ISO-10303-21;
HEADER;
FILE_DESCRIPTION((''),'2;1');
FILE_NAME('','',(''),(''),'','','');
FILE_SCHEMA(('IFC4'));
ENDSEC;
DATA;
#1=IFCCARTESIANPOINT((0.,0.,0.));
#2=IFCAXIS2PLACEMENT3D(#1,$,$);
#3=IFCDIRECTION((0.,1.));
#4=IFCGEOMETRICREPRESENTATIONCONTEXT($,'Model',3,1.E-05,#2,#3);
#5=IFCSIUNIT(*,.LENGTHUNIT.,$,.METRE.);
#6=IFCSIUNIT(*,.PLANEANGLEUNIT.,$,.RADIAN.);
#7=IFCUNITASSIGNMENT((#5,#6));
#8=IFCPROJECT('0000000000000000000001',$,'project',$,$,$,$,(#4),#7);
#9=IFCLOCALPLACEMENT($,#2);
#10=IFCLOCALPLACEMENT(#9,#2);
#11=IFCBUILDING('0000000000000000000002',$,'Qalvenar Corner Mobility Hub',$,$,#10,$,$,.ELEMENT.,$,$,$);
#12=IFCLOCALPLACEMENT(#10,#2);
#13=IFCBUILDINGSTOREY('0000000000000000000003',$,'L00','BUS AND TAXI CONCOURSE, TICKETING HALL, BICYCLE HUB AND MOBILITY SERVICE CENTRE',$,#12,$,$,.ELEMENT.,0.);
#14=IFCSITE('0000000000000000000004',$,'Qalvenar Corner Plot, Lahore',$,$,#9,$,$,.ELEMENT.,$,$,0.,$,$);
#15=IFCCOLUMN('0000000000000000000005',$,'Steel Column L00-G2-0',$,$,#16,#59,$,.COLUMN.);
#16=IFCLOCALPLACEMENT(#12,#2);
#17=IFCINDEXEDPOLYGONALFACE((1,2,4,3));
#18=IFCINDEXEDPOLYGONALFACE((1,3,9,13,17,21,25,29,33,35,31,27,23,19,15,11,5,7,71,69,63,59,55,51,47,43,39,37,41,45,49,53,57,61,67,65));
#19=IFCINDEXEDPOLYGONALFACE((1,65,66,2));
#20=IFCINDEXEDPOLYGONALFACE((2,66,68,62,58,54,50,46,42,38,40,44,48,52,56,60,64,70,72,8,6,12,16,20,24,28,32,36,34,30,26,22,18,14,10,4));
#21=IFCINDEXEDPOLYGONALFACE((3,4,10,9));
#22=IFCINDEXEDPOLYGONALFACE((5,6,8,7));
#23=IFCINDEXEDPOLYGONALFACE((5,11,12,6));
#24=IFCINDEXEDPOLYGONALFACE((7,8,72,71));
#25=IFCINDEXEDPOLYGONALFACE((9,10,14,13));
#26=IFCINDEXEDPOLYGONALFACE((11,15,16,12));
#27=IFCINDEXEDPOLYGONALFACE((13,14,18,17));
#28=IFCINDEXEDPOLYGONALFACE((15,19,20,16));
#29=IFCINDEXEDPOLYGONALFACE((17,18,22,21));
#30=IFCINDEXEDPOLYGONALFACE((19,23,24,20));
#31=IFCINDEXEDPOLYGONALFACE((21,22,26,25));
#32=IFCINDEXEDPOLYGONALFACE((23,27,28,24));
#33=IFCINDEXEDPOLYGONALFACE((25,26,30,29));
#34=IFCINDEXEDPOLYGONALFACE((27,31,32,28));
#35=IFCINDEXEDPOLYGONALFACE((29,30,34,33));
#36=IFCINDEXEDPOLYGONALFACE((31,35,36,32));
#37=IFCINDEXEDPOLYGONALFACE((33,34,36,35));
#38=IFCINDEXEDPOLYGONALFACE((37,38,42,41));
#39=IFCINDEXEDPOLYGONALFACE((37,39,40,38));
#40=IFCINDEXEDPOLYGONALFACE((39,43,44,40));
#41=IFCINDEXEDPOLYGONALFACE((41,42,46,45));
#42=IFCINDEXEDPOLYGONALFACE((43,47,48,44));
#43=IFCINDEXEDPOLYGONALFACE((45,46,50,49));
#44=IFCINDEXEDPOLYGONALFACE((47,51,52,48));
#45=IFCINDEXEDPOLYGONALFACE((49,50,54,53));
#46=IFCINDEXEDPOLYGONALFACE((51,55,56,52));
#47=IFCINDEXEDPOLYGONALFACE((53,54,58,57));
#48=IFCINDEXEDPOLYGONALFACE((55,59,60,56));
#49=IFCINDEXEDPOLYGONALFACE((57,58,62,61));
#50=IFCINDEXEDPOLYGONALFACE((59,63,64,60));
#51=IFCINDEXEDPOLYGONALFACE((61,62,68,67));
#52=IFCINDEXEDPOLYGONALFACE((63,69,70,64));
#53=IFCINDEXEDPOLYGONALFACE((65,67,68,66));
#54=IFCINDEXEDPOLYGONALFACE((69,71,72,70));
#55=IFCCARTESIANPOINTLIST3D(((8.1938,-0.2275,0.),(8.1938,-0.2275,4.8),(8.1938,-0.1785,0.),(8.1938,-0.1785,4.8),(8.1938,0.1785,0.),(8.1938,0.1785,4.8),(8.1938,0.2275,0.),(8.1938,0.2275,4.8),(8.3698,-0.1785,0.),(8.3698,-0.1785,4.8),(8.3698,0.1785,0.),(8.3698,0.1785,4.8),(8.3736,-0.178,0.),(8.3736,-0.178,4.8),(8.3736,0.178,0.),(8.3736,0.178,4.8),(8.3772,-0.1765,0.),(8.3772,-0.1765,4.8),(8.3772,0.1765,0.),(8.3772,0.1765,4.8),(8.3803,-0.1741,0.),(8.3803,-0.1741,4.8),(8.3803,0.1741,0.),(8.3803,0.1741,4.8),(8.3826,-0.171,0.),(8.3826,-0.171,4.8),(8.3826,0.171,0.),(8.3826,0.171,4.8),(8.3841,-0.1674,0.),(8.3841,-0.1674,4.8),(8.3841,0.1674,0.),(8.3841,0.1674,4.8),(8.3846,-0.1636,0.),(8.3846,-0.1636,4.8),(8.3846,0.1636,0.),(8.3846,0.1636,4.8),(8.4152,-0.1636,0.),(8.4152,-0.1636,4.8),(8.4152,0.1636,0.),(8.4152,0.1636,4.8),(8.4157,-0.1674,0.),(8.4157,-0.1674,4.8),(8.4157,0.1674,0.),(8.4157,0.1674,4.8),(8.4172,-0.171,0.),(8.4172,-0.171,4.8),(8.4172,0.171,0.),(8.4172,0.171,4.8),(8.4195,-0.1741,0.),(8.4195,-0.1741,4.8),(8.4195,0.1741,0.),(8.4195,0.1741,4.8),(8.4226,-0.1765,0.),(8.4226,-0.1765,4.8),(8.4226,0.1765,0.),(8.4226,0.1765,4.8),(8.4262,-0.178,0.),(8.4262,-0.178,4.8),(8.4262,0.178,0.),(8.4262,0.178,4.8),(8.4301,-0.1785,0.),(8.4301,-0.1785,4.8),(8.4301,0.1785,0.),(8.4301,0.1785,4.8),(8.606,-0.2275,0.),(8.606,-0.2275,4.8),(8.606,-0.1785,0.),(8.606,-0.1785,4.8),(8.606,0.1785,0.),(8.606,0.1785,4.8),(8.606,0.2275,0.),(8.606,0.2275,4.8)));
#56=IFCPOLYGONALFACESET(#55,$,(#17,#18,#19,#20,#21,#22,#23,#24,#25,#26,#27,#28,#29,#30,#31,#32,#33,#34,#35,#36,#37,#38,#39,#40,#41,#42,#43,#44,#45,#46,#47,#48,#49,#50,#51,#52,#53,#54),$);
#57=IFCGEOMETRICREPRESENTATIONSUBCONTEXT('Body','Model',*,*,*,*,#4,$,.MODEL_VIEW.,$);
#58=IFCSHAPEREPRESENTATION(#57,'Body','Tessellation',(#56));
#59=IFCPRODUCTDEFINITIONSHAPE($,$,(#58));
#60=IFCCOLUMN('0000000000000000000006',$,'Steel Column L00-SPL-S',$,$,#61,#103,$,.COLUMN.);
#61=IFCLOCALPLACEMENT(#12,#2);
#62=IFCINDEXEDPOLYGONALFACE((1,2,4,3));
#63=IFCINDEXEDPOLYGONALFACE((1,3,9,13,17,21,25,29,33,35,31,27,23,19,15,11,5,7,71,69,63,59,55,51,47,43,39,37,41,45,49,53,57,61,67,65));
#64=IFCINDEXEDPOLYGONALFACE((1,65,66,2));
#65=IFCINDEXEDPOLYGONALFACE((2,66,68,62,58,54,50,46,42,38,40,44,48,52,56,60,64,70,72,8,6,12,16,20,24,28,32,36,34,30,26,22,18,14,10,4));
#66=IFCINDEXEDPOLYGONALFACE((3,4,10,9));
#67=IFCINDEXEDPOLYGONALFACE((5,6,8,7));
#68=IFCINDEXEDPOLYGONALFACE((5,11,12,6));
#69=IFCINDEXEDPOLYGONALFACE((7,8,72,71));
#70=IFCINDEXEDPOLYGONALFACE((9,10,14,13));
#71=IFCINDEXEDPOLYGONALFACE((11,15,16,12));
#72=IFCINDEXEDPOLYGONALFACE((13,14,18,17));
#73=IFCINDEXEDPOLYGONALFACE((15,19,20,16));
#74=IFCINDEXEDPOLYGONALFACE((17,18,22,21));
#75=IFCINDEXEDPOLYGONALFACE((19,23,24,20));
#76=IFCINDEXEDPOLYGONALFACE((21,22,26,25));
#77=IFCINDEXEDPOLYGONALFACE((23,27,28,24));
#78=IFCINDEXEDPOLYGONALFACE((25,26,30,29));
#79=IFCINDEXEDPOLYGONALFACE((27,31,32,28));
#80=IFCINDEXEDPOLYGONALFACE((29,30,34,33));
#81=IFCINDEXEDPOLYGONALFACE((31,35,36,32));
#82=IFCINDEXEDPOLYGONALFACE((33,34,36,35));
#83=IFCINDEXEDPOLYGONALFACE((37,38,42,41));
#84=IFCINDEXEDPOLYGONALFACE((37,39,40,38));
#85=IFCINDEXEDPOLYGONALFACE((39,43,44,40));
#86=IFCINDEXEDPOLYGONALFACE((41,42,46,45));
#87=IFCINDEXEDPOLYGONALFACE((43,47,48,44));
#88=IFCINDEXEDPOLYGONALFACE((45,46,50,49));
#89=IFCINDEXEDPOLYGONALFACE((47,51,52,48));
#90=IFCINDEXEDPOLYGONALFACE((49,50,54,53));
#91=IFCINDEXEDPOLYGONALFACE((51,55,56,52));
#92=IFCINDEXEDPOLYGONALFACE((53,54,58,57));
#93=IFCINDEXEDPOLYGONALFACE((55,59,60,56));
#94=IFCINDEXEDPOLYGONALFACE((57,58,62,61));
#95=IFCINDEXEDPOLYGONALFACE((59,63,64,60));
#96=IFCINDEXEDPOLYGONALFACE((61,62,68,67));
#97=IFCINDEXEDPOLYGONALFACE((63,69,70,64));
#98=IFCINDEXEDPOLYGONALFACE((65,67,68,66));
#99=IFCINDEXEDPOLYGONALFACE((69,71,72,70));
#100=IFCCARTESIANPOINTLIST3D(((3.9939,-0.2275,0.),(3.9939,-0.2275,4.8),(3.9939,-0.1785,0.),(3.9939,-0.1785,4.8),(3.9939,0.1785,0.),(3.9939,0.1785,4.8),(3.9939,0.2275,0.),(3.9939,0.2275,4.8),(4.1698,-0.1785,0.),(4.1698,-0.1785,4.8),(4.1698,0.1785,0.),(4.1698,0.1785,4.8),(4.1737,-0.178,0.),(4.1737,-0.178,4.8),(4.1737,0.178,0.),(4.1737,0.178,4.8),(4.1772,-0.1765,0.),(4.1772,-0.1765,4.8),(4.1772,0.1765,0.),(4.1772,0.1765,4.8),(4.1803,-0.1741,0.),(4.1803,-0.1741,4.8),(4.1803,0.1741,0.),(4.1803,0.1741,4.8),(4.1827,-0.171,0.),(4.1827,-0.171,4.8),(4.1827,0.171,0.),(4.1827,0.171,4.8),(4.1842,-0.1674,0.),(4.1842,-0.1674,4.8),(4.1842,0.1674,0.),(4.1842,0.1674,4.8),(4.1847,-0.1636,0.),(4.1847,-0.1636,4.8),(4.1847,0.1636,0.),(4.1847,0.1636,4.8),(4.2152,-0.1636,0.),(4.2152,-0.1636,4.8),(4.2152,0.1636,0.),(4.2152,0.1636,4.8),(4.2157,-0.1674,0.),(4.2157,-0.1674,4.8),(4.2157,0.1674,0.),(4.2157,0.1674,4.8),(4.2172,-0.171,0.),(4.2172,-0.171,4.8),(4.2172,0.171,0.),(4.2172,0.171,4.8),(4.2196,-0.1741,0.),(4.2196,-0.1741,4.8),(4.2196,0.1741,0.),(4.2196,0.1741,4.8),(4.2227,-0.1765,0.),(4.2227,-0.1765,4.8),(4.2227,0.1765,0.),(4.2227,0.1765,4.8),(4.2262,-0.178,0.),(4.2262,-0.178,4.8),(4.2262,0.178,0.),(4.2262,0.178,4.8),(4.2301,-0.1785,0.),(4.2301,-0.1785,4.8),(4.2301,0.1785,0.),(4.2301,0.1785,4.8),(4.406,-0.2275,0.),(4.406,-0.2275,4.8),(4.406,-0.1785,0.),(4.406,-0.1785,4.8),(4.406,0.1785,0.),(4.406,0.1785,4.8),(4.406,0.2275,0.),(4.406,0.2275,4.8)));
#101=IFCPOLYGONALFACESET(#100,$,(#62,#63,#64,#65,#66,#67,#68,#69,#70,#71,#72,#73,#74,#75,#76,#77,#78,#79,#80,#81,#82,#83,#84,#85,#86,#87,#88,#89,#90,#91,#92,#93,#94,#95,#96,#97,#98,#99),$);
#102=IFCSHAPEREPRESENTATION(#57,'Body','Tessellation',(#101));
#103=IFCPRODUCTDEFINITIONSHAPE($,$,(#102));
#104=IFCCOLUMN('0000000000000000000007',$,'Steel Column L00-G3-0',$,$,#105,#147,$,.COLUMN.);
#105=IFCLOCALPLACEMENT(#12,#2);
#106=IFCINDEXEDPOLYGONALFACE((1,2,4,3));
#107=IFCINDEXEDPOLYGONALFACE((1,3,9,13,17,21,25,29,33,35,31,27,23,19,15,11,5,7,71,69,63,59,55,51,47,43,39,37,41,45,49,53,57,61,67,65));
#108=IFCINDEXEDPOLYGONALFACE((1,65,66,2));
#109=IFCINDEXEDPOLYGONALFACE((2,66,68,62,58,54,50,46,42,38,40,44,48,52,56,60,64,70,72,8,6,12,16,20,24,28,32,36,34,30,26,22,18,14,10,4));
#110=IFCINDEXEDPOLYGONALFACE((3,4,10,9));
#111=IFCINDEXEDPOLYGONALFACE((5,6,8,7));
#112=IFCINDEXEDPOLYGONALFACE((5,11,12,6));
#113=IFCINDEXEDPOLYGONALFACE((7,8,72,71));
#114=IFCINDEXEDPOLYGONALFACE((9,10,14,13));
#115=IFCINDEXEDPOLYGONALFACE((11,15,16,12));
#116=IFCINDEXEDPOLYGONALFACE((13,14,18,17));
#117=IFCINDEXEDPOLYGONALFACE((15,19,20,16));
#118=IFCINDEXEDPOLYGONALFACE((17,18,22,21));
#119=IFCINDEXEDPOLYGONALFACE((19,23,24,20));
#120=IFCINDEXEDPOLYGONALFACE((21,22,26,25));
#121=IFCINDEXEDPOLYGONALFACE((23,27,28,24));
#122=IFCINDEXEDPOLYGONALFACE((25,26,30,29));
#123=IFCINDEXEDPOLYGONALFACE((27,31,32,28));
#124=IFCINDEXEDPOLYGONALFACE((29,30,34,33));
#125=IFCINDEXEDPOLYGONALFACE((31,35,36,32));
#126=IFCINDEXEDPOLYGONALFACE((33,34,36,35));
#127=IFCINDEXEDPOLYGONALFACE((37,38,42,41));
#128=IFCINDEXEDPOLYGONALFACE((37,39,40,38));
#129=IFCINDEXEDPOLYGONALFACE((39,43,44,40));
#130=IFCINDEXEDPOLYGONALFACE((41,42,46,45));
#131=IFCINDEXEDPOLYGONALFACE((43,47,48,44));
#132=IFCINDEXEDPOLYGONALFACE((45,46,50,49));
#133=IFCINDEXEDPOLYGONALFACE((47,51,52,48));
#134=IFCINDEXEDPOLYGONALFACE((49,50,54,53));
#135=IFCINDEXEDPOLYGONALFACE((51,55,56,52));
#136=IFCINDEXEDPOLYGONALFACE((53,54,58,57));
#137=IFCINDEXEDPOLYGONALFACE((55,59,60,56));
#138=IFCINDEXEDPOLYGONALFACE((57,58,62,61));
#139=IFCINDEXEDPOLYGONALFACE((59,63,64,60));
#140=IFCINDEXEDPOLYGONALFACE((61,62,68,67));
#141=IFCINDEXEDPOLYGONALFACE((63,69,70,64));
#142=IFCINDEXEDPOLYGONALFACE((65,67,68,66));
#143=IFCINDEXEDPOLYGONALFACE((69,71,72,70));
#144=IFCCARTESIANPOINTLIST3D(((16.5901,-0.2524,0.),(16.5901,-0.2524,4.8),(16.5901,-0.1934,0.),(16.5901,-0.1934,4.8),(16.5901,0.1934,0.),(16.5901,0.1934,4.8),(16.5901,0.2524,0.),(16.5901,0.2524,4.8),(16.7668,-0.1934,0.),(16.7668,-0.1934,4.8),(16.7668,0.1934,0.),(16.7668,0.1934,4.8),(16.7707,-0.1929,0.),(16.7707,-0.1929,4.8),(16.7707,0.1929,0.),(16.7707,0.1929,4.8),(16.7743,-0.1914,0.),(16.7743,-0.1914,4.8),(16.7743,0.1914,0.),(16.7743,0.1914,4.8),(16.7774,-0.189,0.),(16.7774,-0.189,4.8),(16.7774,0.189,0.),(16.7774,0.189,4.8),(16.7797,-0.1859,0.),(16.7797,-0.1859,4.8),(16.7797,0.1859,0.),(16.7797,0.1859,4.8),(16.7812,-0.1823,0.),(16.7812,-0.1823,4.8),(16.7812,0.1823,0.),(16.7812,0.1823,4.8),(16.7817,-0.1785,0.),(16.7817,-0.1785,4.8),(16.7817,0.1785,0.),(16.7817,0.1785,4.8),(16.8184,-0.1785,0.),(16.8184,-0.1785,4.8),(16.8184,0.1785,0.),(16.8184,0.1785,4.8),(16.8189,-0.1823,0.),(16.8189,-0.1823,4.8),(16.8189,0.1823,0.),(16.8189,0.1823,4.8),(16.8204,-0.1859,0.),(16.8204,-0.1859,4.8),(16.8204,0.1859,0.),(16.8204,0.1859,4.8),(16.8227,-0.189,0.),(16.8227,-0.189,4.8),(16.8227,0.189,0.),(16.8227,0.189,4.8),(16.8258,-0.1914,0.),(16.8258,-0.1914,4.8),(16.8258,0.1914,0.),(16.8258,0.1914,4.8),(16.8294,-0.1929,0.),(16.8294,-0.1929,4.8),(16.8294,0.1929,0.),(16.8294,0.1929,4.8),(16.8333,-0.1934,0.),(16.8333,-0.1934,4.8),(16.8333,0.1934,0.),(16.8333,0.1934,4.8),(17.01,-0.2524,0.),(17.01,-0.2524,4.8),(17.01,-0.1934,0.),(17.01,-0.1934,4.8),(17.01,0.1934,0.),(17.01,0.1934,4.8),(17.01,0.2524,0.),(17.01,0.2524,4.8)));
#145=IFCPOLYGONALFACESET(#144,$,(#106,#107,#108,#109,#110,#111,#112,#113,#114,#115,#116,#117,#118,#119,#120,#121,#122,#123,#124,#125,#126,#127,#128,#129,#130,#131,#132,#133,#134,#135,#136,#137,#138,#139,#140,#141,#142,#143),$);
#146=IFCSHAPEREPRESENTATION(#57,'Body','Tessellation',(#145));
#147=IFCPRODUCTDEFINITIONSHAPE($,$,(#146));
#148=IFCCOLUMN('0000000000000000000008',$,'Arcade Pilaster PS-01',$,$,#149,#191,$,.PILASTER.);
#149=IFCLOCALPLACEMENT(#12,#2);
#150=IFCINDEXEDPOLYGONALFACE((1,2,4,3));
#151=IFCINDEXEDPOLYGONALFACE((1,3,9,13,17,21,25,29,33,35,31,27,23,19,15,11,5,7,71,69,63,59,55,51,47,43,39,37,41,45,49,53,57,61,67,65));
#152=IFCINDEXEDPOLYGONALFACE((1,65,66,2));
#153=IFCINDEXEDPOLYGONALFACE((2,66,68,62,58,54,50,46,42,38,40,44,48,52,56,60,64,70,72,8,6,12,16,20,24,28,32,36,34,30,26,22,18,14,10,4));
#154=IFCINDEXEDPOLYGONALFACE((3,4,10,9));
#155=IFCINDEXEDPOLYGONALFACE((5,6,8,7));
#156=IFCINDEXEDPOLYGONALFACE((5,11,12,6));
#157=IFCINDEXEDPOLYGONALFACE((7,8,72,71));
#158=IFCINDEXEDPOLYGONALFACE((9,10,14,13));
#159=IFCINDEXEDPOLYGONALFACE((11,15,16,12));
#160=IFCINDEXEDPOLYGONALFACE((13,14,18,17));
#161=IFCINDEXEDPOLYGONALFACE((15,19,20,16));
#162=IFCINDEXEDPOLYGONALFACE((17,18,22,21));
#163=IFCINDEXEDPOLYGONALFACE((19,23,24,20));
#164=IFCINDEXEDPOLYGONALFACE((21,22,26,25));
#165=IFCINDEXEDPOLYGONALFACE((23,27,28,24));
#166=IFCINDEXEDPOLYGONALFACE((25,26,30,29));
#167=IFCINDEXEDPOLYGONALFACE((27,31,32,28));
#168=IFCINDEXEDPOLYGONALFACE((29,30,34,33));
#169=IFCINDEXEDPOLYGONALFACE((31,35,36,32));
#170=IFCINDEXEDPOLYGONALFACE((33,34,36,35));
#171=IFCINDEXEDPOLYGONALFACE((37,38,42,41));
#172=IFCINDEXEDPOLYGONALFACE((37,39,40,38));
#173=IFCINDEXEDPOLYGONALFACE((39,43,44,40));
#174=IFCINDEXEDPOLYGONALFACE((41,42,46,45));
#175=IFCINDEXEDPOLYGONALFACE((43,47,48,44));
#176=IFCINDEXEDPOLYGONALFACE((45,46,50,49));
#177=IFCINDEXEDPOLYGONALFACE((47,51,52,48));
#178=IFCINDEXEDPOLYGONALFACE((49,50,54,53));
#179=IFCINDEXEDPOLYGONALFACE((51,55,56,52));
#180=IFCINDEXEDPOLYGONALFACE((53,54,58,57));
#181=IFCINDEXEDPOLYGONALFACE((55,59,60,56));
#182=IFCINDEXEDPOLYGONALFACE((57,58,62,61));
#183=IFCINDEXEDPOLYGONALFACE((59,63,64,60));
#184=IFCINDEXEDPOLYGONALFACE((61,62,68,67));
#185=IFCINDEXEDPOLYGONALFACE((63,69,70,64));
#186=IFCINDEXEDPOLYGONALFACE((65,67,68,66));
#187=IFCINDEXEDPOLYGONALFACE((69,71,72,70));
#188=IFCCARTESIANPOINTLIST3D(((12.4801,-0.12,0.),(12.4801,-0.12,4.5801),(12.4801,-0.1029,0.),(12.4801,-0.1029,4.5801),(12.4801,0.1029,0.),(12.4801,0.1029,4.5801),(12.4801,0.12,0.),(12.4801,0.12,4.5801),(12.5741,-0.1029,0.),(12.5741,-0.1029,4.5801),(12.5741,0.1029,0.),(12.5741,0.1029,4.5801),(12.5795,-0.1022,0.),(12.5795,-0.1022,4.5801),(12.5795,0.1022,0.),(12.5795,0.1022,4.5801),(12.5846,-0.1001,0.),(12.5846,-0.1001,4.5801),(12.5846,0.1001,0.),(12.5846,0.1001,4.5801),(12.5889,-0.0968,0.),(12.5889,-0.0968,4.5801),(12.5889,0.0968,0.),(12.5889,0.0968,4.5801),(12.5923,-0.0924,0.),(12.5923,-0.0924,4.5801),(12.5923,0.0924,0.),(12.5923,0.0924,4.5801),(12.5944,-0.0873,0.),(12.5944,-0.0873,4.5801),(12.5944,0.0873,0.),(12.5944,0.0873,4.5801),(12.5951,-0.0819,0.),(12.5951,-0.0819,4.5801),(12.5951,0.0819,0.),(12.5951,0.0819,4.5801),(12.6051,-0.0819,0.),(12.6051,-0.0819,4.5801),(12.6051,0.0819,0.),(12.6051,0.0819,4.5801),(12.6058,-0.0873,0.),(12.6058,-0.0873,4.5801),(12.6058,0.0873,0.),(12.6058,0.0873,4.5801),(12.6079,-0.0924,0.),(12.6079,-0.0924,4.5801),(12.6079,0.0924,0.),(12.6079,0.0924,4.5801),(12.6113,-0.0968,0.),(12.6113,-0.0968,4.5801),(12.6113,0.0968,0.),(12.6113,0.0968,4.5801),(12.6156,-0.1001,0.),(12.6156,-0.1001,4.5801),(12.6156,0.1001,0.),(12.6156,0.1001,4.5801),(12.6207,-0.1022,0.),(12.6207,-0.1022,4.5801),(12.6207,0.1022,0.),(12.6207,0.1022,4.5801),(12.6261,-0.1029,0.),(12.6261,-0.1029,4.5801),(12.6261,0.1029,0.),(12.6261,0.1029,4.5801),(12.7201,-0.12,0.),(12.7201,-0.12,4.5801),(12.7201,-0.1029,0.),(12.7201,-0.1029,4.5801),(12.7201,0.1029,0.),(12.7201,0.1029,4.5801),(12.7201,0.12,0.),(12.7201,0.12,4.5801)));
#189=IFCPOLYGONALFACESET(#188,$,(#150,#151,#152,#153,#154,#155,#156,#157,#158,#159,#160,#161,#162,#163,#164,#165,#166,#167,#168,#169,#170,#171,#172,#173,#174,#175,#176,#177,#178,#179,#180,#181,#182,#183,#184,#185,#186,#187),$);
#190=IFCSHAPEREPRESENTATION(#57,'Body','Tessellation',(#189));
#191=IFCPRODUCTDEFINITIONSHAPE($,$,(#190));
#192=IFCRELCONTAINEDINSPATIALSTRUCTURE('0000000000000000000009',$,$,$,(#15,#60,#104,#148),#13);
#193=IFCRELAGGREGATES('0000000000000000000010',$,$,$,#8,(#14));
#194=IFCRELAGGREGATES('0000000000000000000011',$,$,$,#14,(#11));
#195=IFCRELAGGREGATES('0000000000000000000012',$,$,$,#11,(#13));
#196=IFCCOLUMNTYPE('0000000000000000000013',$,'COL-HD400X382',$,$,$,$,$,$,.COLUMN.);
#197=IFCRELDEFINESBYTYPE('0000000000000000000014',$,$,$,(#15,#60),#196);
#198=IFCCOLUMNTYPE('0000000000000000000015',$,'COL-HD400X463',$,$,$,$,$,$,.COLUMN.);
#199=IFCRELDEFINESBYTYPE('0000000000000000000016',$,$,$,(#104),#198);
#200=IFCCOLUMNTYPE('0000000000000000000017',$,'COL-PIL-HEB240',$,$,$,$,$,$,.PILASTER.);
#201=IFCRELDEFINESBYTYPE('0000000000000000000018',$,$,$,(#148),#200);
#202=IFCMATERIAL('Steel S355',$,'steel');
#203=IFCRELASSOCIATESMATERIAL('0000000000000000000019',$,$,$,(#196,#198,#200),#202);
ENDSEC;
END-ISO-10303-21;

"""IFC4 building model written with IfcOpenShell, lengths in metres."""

from ifc_helpers import new_model, si_unit, direction, frame, origin, origin_2d, place, context, subcontext, project, spatial, i_section, extrude, material, material_profile, profile_set, type_object, element, save


model = new_model("IFC4")

# Units and contexts
model_context = context("Model", 3, precision=1e-05, world=origin(), true_north=direction((0.0, 1.0)))
body_context = subcontext(model_context, "Body", "Model", "MODEL_VIEW")
ifc_project = project(units=[si_unit("LENGTHUNIT", "METRE"), si_unit("PLANEANGLEUNIT", "RADIAN")], contexts=[model_context])

# Site, building, storey
site_placement = place(None, origin())
site = spatial("IfcSite", under=ifc_project, at=site_placement, Name="Qalvenar Corner Plot, Lahore", CompositionType="ELEMENT", RefElevation=0.0)
building_placement = place(site_placement, origin())
building = spatial("IfcBuilding", under=site, at=building_placement, Name="Qalvenar Corner Mobility Hub", CompositionType="ELEMENT")
storey_placement = place(building_placement, origin())
storey = spatial("IfcBuildingStorey", under=building, at=storey_placement, Name="L00", Description="BUS AND TAXI CONCOURSE, TICKETING HALL, BICYCLE HUB AND MOBILITY SERVICE CENTRE", CompositionType="ELEMENT", Elevation=0.0)

# Columns
ifc_material_1 = material(Name="Steel S355", Category="steel")
ifc_material_profile_1 = material_profile(ifc_material_1, i_section(OverallWidth=0.4121, OverallDepth=0.4551, WebThickness=0.0305, FlangeThickness=0.0491, FilletRadius=0.0149, at=origin_2d()), Name="HD400x421")
ifc_profile_set_1 = profile_set([ifc_material_profile_1], Name="Steel S355")
column_type_1 = type_object("IfcColumnType", Name="COL-HD400X382", PredefinedType="COLUMN", material=ifc_profile_set_1)
for number, where, z_axis, x_axis, name in (
    (1, (8.3999, 0.0, 0.0), (0.0, 0.0, 1.0), (1.0, 0.0, 0.0), "Steel Column L00-G2-0"),
    (2, (4.2, 0.0, 0.0), (0.0, 0.0, 1.0), (1.0, 0.0, 0.0), "Steel Column L00-SPL-S"),
):
    element("IfcColumn", number, at=place(storey_placement, frame(where, z_axis=z_axis, x_axis=x_axis)), inside=storey, type_object=column_type_1, Name=name, PredefinedType="COLUMN", context=body_context, shape_type="SweptSolid", body=[
        extrude(i_section(OverallWidth=0.4121, OverallDepth=0.4551, WebThickness=0.0305, FlangeThickness=0.0491, FilletRadius=0.0149, at=origin_2d()), origin(), (0.0, 0.0, 1.0), 4.8),
    ])
ifc_material_profile_2 = material_profile(ifc_material_1, i_section(OverallWidth=0.4199, OverallDepth=0.5049, WebThickness=0.0366, FlangeThickness=0.0591, FilletRadius=0.0149, at=origin_2d()), Name="HD400x551")
ifc_profile_set_2 = profile_set([ifc_material_profile_2], Name="Steel S355")
column_type_2 = type_object("IfcColumnType", Name="COL-HD400X463", PredefinedType="COLUMN", material=ifc_profile_set_2)
column_1_placement = place(storey_placement, frame((16.8, 0.0, 0.0), z_axis=(0.0, 0.0, 1.0), x_axis=(1.0, 0.0, 0.0)))
element("IfcColumn", 3, at=column_1_placement, inside=storey, type_object=column_type_2, Name="Steel Column L00-G3-0", PredefinedType="COLUMN", context=body_context, shape_type="SweptSolid", body=[
    extrude(i_section(OverallWidth=0.4199, OverallDepth=0.5049, WebThickness=0.0366, FlangeThickness=0.0591, FilletRadius=0.0149, at=origin_2d()), origin(), (0.0, 0.0, 1.0), 4.8),
])
ifc_material_profile_3 = material_profile(ifc_material_1, i_section(OverallWidth=0.24, OverallDepth=0.24, WebThickness=0.01, FlangeThickness=0.0171, FilletRadius=0.021, at=origin_2d()), Name="HEB240")
ifc_profile_set_3 = profile_set([ifc_material_profile_3], Name="Steel S355")
column_type_3 = type_object("IfcColumnType", Name="COL-PIL-HEB240", PredefinedType="PILASTER", material=ifc_profile_set_3)
column_2_placement = place(storey_placement, frame((12.6001, 0.0, 0.0), z_axis=(0.0, 0.0, 1.0), x_axis=(1.0, 0.0, 0.0)))
element("IfcColumn", 4, at=column_2_placement, inside=storey, type_object=column_type_3, Name="Arcade Pilaster PS-01", PredefinedType="PILASTER", context=body_context, shape_type="SweptSolid", body=[
    extrude(i_section(OverallWidth=0.24, OverallDepth=0.24, WebThickness=0.01, FlangeThickness=0.0171, FilletRadius=0.021, at=origin_2d()), origin(), (0.0, 0.0, 1.0), 4.5801),
])

save(model, "model.ifc")
